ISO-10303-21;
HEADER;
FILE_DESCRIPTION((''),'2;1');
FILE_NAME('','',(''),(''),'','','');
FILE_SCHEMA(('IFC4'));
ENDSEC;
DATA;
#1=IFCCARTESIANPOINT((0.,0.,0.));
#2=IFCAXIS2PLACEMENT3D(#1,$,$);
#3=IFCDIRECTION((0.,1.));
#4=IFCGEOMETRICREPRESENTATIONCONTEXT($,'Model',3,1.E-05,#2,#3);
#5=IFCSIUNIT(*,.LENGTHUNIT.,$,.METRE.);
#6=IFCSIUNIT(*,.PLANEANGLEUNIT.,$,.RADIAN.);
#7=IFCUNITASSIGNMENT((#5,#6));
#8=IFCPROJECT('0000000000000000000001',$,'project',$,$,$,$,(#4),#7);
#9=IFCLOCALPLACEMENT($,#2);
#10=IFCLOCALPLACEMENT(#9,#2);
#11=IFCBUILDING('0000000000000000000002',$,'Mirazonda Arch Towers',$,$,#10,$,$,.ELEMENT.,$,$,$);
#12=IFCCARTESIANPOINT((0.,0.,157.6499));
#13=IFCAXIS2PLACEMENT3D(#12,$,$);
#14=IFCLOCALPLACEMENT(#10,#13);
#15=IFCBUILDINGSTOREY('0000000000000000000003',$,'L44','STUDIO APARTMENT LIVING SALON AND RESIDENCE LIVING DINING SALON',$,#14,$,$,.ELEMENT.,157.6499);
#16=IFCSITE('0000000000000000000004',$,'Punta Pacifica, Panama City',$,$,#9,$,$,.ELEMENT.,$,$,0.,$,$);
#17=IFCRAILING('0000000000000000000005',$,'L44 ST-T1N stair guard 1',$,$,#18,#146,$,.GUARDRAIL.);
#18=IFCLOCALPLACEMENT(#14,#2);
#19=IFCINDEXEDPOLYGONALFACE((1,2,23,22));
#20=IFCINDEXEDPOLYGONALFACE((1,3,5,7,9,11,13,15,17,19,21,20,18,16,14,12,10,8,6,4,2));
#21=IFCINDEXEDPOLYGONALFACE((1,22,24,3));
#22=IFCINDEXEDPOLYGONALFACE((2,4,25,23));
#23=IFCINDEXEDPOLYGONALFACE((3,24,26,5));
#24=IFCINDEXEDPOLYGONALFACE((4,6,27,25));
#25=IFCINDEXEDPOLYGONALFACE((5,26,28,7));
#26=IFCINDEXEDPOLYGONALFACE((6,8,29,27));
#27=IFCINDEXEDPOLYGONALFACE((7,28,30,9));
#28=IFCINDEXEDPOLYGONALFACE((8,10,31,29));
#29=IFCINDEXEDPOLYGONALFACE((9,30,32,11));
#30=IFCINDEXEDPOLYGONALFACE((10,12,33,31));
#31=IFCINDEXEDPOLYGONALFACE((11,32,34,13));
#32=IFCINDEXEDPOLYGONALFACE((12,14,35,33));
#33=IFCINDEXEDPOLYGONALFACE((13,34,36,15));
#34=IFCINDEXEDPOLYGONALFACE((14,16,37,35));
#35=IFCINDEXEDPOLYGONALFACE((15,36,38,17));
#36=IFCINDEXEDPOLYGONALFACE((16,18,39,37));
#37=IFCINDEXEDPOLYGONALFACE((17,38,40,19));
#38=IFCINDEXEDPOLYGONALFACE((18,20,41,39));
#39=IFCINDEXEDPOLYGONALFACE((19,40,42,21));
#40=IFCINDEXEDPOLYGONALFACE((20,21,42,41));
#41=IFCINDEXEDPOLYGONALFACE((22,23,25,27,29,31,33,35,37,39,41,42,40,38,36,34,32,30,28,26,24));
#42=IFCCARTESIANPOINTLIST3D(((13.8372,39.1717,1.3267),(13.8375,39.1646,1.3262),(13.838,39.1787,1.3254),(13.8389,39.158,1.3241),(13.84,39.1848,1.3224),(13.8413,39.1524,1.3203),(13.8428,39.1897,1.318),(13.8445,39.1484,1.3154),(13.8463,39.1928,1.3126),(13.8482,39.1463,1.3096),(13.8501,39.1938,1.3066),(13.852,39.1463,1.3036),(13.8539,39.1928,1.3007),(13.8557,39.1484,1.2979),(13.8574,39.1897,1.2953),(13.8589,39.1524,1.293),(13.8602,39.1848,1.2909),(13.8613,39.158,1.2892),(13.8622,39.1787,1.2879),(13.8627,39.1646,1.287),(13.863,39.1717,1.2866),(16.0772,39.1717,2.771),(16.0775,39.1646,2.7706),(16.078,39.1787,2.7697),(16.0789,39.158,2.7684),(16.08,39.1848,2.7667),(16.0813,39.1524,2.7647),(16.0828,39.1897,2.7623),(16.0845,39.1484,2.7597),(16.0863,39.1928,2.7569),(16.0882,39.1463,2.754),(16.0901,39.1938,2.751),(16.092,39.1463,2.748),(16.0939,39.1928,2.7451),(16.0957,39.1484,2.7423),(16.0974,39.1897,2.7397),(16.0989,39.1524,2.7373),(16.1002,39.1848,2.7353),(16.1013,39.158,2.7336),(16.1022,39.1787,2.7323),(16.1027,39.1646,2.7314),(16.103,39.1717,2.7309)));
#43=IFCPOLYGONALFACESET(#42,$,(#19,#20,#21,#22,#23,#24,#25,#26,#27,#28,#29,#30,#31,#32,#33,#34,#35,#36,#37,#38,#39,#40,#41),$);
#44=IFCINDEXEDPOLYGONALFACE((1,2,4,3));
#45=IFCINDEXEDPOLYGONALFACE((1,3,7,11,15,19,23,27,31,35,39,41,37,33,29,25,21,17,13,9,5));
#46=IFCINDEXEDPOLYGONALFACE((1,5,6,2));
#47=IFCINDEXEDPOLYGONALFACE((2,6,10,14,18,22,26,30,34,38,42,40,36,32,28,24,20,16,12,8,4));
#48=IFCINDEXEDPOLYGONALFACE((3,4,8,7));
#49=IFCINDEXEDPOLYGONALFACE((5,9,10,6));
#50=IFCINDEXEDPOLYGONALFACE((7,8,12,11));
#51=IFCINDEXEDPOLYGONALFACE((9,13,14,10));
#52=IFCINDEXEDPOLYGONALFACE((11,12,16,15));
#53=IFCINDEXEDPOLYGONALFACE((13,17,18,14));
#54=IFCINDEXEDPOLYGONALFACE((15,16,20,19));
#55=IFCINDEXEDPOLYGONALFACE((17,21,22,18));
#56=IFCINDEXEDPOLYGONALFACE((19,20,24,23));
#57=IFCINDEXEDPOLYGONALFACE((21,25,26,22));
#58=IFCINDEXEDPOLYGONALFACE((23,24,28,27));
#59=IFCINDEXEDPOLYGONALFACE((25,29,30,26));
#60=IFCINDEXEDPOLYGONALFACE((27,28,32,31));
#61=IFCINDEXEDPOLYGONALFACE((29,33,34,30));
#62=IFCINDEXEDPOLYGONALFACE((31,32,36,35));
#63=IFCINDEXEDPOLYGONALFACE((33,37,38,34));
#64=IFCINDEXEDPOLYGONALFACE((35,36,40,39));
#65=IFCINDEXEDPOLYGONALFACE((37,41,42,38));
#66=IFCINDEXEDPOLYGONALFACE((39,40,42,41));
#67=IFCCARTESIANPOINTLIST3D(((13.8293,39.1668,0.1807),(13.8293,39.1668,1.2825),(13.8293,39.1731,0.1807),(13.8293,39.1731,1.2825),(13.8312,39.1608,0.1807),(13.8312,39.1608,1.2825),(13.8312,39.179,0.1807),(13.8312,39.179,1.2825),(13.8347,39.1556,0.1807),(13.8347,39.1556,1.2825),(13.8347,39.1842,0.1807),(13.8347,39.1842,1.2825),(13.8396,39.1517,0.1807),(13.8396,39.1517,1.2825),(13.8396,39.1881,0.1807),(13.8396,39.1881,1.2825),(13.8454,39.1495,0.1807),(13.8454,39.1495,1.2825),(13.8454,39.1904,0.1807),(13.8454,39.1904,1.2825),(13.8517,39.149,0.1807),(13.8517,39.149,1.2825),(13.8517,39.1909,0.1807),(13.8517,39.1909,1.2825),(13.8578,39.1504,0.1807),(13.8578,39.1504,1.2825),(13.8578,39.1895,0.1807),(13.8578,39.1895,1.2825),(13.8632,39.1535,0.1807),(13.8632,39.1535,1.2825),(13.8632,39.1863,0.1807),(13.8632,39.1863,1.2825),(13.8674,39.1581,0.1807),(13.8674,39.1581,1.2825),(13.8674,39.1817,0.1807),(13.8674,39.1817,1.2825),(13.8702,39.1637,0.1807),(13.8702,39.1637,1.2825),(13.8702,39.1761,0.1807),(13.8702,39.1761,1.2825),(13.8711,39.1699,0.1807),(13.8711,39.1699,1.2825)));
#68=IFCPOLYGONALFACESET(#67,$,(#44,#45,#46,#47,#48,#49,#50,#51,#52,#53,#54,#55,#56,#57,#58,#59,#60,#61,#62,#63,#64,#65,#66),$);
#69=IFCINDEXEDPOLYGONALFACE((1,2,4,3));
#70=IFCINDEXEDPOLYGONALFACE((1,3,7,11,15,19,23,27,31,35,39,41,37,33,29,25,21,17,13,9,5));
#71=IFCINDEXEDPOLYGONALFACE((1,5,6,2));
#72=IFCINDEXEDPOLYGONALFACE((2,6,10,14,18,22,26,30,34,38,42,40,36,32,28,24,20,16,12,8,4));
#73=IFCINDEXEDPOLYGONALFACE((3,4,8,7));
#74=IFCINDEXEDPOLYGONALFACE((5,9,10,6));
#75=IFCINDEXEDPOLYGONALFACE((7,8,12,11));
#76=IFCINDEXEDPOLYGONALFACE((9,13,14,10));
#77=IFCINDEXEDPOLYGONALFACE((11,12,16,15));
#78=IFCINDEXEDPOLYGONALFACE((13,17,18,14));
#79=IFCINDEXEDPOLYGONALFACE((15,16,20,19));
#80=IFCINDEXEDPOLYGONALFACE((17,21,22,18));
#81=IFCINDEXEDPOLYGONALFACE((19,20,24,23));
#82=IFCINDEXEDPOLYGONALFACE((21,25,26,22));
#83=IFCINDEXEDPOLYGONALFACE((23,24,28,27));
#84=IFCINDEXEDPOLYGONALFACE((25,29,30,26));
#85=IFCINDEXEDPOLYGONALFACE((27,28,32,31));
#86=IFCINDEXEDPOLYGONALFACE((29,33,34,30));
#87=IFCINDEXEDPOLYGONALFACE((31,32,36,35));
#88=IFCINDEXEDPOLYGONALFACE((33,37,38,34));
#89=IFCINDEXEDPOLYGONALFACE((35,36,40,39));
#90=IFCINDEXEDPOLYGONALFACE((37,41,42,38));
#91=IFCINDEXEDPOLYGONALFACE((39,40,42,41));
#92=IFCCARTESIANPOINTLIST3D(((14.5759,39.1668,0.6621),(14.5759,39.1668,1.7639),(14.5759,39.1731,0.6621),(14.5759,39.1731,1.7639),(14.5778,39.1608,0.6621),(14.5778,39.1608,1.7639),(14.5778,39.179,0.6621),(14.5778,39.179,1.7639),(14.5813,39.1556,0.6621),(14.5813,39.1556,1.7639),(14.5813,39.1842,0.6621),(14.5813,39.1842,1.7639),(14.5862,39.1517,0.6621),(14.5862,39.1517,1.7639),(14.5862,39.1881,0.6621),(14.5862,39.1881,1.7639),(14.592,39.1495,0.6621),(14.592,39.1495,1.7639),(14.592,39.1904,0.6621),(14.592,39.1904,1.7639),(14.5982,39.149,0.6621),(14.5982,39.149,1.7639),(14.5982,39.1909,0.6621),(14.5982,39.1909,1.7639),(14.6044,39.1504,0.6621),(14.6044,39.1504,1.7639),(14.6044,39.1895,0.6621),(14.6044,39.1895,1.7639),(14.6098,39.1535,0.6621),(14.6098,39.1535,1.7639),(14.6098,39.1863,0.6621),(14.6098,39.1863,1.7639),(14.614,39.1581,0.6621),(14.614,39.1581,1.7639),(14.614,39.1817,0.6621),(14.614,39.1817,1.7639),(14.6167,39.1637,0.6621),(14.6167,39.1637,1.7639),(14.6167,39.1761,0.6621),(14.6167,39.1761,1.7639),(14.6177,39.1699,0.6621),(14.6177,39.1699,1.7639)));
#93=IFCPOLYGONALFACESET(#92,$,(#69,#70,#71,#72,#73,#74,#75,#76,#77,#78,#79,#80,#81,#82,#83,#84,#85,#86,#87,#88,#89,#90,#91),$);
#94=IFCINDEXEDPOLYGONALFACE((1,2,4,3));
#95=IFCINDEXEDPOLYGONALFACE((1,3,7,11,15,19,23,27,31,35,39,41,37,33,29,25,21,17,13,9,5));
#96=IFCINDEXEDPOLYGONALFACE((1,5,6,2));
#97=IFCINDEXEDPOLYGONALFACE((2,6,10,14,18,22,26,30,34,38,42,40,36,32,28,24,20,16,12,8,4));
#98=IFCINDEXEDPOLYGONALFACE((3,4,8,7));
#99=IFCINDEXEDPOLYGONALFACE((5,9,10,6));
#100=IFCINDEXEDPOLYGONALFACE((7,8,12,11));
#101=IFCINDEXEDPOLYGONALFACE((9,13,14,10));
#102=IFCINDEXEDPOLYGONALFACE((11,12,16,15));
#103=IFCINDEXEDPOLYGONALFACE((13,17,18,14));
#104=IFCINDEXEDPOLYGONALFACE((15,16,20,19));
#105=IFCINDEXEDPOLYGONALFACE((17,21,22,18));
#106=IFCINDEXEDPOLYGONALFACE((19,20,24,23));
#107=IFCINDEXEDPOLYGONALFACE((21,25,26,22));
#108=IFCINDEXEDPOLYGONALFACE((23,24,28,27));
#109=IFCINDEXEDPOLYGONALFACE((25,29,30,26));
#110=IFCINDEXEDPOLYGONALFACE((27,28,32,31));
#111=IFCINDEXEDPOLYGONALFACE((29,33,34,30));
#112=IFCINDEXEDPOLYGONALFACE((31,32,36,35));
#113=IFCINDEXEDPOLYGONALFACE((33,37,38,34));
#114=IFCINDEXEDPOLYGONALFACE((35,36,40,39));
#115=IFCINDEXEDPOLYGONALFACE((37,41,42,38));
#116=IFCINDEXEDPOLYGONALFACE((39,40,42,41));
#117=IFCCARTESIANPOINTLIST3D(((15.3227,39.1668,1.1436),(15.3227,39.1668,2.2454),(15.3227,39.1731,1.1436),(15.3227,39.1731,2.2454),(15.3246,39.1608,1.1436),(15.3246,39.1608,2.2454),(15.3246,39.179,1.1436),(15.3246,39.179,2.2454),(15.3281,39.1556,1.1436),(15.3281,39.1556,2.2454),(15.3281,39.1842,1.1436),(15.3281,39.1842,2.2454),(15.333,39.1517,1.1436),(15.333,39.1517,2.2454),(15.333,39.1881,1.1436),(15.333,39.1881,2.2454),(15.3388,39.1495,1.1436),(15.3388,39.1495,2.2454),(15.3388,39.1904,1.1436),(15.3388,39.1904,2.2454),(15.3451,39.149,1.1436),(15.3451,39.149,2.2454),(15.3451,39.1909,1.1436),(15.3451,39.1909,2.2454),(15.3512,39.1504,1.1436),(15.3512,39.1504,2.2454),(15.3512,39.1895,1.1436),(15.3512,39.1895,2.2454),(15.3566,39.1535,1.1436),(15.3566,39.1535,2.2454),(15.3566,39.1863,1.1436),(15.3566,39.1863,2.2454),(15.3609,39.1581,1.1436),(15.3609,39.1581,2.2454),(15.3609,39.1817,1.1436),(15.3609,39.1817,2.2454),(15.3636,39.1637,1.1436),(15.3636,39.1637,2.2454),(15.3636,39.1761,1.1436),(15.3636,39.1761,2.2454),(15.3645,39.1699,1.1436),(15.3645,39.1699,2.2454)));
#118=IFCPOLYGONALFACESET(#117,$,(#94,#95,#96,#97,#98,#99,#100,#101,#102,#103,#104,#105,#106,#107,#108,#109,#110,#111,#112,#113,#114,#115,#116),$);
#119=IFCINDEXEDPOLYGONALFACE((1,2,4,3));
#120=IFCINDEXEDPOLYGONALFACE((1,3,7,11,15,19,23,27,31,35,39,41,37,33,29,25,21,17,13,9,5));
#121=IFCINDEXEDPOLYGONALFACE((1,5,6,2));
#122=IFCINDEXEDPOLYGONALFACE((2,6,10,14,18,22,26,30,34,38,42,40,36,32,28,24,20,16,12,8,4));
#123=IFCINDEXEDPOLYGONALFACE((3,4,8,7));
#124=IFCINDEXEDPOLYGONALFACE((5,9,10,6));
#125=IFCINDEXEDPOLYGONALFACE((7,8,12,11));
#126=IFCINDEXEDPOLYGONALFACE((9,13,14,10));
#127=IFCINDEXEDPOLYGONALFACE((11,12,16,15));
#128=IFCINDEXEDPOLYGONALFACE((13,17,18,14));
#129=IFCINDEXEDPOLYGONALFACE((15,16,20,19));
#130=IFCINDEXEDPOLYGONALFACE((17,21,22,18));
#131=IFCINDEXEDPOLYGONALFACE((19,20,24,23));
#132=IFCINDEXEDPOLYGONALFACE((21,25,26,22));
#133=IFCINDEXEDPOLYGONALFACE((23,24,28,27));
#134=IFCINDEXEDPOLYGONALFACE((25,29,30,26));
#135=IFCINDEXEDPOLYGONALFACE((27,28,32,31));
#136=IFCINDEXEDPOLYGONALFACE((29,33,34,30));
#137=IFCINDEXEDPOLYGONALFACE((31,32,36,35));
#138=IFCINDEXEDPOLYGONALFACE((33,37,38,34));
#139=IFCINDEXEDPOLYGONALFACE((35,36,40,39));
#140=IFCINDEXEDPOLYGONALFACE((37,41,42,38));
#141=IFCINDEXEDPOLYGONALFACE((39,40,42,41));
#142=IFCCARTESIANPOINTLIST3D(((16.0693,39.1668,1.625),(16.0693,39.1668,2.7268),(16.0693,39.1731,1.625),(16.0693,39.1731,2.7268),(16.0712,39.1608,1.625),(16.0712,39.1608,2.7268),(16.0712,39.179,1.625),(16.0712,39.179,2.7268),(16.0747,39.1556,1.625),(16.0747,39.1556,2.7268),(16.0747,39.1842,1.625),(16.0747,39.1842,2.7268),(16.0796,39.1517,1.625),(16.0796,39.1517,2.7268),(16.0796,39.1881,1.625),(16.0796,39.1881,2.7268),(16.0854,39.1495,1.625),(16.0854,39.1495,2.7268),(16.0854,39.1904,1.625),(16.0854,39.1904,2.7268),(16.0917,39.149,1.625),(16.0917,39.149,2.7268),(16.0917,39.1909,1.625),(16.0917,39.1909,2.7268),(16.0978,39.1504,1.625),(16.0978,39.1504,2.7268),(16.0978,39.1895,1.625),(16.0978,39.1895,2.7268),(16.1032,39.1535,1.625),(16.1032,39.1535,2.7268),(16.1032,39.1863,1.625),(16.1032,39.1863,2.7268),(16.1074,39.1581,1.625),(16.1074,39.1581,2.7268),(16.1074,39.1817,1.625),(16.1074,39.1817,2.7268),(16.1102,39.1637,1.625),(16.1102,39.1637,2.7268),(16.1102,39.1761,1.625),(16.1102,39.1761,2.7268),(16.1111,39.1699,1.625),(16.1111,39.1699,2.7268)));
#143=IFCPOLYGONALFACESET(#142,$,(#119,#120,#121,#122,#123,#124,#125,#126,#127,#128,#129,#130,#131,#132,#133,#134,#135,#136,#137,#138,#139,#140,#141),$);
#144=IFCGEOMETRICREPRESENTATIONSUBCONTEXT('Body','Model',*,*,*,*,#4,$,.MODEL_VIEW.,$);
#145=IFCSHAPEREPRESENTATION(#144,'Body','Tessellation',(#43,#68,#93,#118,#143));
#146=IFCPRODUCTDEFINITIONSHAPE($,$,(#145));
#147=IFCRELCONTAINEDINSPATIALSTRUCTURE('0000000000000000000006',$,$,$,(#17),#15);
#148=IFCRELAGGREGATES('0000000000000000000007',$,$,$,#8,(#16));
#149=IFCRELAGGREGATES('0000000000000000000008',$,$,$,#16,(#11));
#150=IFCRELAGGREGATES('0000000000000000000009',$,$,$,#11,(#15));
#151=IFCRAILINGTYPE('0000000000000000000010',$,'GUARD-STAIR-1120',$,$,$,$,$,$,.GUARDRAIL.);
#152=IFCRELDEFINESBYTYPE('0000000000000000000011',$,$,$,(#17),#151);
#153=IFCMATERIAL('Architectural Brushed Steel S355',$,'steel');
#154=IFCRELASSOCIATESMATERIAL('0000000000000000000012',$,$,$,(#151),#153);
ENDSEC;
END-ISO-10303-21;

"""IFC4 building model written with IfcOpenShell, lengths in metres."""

from ifc_helpers import new_model, si_unit, direction, frame, origin, origin_2d, place, context, subcontext, project, spatial, circle, extrude, material, type_object, element, save


model = new_model("IFC4")

# Units and contexts
model_context = context("Model", 3, precision=1e-05, world=origin(), true_north=direction((0.0, 1.0)))
body_context = subcontext(model_context, "Body", "Model", "MODEL_VIEW")
ifc_project = project(units=[si_unit("LENGTHUNIT", "METRE"), si_unit("PLANEANGLEUNIT", "RADIAN")], contexts=[model_context])

# Site, building, storey
site_placement = place(None, origin())
site = spatial("IfcSite", under=ifc_project, at=site_placement, Name="Punta Pacifica, Panama City", CompositionType="ELEMENT", RefElevation=0.0)
building_placement = place(site_placement, origin())
building = spatial("IfcBuilding", under=site, at=building_placement, Name="Mirazonda Arch Towers", CompositionType="ELEMENT")
storey_placement = place(building_placement, frame((0.0, 0.0, 157.6499)))
storey = spatial("IfcBuildingStorey", under=building, at=storey_placement, Name="L44", Description="STUDIO APARTMENT LIVING SALON AND RESIDENCE LIVING DINING SALON", CompositionType="ELEMENT", Elevation=157.6499)

# Shared definitions
ifc_material_1 = material(Name="Architectural Brushed Steel S355", Category="steel")

# Railing
railing_type_1 = type_object("IfcRailingType", Name="GUARD-STAIR-1120", PredefinedType="GUARDRAIL", material=ifc_material_1)
railing_1_placement = place(storey_placement, frame((13.8501, 39.1699, 0.1807)))
element("IfcRailing", 1, at=railing_1_placement, inside=storey, type_object=railing_type_1, Name="L44 ST-T1N stair guard 1", PredefinedType="GUARDRAIL", context=body_context, shape_type="SweptSolid", body=[
    extrude(circle(Radius=0.0239, at=origin_2d()), frame((0.0, 0.0, 1.126), z_axis=(0.840437, 0.0, 0.54191), x_axis=(0.0, 1.0, 0.0)), (0.0, 0.0, 1.0), 2.6653),
    extrude(circle(Radius=0.021, at=origin_2d()), origin(), (0.0, 0.0, 1.0), 1.1018),
    extrude(circle(Radius=0.021, at=origin_2d()), frame((0.7466, 0.0, 0.4814)), (0.0, 0.0, 1.0), 1.1018),
    extrude(circle(Radius=0.021, at=origin_2d()), frame((1.4934, 0.0, 0.9629)), (0.0, 0.0, 1.0), 1.1018),
    extrude(circle(Radius=0.021, at=origin_2d()), frame((2.24, 0.0, 1.4443)), (0.0, 0.0, 1.0), 1.1018),
])

save(model, "model.ifc")
